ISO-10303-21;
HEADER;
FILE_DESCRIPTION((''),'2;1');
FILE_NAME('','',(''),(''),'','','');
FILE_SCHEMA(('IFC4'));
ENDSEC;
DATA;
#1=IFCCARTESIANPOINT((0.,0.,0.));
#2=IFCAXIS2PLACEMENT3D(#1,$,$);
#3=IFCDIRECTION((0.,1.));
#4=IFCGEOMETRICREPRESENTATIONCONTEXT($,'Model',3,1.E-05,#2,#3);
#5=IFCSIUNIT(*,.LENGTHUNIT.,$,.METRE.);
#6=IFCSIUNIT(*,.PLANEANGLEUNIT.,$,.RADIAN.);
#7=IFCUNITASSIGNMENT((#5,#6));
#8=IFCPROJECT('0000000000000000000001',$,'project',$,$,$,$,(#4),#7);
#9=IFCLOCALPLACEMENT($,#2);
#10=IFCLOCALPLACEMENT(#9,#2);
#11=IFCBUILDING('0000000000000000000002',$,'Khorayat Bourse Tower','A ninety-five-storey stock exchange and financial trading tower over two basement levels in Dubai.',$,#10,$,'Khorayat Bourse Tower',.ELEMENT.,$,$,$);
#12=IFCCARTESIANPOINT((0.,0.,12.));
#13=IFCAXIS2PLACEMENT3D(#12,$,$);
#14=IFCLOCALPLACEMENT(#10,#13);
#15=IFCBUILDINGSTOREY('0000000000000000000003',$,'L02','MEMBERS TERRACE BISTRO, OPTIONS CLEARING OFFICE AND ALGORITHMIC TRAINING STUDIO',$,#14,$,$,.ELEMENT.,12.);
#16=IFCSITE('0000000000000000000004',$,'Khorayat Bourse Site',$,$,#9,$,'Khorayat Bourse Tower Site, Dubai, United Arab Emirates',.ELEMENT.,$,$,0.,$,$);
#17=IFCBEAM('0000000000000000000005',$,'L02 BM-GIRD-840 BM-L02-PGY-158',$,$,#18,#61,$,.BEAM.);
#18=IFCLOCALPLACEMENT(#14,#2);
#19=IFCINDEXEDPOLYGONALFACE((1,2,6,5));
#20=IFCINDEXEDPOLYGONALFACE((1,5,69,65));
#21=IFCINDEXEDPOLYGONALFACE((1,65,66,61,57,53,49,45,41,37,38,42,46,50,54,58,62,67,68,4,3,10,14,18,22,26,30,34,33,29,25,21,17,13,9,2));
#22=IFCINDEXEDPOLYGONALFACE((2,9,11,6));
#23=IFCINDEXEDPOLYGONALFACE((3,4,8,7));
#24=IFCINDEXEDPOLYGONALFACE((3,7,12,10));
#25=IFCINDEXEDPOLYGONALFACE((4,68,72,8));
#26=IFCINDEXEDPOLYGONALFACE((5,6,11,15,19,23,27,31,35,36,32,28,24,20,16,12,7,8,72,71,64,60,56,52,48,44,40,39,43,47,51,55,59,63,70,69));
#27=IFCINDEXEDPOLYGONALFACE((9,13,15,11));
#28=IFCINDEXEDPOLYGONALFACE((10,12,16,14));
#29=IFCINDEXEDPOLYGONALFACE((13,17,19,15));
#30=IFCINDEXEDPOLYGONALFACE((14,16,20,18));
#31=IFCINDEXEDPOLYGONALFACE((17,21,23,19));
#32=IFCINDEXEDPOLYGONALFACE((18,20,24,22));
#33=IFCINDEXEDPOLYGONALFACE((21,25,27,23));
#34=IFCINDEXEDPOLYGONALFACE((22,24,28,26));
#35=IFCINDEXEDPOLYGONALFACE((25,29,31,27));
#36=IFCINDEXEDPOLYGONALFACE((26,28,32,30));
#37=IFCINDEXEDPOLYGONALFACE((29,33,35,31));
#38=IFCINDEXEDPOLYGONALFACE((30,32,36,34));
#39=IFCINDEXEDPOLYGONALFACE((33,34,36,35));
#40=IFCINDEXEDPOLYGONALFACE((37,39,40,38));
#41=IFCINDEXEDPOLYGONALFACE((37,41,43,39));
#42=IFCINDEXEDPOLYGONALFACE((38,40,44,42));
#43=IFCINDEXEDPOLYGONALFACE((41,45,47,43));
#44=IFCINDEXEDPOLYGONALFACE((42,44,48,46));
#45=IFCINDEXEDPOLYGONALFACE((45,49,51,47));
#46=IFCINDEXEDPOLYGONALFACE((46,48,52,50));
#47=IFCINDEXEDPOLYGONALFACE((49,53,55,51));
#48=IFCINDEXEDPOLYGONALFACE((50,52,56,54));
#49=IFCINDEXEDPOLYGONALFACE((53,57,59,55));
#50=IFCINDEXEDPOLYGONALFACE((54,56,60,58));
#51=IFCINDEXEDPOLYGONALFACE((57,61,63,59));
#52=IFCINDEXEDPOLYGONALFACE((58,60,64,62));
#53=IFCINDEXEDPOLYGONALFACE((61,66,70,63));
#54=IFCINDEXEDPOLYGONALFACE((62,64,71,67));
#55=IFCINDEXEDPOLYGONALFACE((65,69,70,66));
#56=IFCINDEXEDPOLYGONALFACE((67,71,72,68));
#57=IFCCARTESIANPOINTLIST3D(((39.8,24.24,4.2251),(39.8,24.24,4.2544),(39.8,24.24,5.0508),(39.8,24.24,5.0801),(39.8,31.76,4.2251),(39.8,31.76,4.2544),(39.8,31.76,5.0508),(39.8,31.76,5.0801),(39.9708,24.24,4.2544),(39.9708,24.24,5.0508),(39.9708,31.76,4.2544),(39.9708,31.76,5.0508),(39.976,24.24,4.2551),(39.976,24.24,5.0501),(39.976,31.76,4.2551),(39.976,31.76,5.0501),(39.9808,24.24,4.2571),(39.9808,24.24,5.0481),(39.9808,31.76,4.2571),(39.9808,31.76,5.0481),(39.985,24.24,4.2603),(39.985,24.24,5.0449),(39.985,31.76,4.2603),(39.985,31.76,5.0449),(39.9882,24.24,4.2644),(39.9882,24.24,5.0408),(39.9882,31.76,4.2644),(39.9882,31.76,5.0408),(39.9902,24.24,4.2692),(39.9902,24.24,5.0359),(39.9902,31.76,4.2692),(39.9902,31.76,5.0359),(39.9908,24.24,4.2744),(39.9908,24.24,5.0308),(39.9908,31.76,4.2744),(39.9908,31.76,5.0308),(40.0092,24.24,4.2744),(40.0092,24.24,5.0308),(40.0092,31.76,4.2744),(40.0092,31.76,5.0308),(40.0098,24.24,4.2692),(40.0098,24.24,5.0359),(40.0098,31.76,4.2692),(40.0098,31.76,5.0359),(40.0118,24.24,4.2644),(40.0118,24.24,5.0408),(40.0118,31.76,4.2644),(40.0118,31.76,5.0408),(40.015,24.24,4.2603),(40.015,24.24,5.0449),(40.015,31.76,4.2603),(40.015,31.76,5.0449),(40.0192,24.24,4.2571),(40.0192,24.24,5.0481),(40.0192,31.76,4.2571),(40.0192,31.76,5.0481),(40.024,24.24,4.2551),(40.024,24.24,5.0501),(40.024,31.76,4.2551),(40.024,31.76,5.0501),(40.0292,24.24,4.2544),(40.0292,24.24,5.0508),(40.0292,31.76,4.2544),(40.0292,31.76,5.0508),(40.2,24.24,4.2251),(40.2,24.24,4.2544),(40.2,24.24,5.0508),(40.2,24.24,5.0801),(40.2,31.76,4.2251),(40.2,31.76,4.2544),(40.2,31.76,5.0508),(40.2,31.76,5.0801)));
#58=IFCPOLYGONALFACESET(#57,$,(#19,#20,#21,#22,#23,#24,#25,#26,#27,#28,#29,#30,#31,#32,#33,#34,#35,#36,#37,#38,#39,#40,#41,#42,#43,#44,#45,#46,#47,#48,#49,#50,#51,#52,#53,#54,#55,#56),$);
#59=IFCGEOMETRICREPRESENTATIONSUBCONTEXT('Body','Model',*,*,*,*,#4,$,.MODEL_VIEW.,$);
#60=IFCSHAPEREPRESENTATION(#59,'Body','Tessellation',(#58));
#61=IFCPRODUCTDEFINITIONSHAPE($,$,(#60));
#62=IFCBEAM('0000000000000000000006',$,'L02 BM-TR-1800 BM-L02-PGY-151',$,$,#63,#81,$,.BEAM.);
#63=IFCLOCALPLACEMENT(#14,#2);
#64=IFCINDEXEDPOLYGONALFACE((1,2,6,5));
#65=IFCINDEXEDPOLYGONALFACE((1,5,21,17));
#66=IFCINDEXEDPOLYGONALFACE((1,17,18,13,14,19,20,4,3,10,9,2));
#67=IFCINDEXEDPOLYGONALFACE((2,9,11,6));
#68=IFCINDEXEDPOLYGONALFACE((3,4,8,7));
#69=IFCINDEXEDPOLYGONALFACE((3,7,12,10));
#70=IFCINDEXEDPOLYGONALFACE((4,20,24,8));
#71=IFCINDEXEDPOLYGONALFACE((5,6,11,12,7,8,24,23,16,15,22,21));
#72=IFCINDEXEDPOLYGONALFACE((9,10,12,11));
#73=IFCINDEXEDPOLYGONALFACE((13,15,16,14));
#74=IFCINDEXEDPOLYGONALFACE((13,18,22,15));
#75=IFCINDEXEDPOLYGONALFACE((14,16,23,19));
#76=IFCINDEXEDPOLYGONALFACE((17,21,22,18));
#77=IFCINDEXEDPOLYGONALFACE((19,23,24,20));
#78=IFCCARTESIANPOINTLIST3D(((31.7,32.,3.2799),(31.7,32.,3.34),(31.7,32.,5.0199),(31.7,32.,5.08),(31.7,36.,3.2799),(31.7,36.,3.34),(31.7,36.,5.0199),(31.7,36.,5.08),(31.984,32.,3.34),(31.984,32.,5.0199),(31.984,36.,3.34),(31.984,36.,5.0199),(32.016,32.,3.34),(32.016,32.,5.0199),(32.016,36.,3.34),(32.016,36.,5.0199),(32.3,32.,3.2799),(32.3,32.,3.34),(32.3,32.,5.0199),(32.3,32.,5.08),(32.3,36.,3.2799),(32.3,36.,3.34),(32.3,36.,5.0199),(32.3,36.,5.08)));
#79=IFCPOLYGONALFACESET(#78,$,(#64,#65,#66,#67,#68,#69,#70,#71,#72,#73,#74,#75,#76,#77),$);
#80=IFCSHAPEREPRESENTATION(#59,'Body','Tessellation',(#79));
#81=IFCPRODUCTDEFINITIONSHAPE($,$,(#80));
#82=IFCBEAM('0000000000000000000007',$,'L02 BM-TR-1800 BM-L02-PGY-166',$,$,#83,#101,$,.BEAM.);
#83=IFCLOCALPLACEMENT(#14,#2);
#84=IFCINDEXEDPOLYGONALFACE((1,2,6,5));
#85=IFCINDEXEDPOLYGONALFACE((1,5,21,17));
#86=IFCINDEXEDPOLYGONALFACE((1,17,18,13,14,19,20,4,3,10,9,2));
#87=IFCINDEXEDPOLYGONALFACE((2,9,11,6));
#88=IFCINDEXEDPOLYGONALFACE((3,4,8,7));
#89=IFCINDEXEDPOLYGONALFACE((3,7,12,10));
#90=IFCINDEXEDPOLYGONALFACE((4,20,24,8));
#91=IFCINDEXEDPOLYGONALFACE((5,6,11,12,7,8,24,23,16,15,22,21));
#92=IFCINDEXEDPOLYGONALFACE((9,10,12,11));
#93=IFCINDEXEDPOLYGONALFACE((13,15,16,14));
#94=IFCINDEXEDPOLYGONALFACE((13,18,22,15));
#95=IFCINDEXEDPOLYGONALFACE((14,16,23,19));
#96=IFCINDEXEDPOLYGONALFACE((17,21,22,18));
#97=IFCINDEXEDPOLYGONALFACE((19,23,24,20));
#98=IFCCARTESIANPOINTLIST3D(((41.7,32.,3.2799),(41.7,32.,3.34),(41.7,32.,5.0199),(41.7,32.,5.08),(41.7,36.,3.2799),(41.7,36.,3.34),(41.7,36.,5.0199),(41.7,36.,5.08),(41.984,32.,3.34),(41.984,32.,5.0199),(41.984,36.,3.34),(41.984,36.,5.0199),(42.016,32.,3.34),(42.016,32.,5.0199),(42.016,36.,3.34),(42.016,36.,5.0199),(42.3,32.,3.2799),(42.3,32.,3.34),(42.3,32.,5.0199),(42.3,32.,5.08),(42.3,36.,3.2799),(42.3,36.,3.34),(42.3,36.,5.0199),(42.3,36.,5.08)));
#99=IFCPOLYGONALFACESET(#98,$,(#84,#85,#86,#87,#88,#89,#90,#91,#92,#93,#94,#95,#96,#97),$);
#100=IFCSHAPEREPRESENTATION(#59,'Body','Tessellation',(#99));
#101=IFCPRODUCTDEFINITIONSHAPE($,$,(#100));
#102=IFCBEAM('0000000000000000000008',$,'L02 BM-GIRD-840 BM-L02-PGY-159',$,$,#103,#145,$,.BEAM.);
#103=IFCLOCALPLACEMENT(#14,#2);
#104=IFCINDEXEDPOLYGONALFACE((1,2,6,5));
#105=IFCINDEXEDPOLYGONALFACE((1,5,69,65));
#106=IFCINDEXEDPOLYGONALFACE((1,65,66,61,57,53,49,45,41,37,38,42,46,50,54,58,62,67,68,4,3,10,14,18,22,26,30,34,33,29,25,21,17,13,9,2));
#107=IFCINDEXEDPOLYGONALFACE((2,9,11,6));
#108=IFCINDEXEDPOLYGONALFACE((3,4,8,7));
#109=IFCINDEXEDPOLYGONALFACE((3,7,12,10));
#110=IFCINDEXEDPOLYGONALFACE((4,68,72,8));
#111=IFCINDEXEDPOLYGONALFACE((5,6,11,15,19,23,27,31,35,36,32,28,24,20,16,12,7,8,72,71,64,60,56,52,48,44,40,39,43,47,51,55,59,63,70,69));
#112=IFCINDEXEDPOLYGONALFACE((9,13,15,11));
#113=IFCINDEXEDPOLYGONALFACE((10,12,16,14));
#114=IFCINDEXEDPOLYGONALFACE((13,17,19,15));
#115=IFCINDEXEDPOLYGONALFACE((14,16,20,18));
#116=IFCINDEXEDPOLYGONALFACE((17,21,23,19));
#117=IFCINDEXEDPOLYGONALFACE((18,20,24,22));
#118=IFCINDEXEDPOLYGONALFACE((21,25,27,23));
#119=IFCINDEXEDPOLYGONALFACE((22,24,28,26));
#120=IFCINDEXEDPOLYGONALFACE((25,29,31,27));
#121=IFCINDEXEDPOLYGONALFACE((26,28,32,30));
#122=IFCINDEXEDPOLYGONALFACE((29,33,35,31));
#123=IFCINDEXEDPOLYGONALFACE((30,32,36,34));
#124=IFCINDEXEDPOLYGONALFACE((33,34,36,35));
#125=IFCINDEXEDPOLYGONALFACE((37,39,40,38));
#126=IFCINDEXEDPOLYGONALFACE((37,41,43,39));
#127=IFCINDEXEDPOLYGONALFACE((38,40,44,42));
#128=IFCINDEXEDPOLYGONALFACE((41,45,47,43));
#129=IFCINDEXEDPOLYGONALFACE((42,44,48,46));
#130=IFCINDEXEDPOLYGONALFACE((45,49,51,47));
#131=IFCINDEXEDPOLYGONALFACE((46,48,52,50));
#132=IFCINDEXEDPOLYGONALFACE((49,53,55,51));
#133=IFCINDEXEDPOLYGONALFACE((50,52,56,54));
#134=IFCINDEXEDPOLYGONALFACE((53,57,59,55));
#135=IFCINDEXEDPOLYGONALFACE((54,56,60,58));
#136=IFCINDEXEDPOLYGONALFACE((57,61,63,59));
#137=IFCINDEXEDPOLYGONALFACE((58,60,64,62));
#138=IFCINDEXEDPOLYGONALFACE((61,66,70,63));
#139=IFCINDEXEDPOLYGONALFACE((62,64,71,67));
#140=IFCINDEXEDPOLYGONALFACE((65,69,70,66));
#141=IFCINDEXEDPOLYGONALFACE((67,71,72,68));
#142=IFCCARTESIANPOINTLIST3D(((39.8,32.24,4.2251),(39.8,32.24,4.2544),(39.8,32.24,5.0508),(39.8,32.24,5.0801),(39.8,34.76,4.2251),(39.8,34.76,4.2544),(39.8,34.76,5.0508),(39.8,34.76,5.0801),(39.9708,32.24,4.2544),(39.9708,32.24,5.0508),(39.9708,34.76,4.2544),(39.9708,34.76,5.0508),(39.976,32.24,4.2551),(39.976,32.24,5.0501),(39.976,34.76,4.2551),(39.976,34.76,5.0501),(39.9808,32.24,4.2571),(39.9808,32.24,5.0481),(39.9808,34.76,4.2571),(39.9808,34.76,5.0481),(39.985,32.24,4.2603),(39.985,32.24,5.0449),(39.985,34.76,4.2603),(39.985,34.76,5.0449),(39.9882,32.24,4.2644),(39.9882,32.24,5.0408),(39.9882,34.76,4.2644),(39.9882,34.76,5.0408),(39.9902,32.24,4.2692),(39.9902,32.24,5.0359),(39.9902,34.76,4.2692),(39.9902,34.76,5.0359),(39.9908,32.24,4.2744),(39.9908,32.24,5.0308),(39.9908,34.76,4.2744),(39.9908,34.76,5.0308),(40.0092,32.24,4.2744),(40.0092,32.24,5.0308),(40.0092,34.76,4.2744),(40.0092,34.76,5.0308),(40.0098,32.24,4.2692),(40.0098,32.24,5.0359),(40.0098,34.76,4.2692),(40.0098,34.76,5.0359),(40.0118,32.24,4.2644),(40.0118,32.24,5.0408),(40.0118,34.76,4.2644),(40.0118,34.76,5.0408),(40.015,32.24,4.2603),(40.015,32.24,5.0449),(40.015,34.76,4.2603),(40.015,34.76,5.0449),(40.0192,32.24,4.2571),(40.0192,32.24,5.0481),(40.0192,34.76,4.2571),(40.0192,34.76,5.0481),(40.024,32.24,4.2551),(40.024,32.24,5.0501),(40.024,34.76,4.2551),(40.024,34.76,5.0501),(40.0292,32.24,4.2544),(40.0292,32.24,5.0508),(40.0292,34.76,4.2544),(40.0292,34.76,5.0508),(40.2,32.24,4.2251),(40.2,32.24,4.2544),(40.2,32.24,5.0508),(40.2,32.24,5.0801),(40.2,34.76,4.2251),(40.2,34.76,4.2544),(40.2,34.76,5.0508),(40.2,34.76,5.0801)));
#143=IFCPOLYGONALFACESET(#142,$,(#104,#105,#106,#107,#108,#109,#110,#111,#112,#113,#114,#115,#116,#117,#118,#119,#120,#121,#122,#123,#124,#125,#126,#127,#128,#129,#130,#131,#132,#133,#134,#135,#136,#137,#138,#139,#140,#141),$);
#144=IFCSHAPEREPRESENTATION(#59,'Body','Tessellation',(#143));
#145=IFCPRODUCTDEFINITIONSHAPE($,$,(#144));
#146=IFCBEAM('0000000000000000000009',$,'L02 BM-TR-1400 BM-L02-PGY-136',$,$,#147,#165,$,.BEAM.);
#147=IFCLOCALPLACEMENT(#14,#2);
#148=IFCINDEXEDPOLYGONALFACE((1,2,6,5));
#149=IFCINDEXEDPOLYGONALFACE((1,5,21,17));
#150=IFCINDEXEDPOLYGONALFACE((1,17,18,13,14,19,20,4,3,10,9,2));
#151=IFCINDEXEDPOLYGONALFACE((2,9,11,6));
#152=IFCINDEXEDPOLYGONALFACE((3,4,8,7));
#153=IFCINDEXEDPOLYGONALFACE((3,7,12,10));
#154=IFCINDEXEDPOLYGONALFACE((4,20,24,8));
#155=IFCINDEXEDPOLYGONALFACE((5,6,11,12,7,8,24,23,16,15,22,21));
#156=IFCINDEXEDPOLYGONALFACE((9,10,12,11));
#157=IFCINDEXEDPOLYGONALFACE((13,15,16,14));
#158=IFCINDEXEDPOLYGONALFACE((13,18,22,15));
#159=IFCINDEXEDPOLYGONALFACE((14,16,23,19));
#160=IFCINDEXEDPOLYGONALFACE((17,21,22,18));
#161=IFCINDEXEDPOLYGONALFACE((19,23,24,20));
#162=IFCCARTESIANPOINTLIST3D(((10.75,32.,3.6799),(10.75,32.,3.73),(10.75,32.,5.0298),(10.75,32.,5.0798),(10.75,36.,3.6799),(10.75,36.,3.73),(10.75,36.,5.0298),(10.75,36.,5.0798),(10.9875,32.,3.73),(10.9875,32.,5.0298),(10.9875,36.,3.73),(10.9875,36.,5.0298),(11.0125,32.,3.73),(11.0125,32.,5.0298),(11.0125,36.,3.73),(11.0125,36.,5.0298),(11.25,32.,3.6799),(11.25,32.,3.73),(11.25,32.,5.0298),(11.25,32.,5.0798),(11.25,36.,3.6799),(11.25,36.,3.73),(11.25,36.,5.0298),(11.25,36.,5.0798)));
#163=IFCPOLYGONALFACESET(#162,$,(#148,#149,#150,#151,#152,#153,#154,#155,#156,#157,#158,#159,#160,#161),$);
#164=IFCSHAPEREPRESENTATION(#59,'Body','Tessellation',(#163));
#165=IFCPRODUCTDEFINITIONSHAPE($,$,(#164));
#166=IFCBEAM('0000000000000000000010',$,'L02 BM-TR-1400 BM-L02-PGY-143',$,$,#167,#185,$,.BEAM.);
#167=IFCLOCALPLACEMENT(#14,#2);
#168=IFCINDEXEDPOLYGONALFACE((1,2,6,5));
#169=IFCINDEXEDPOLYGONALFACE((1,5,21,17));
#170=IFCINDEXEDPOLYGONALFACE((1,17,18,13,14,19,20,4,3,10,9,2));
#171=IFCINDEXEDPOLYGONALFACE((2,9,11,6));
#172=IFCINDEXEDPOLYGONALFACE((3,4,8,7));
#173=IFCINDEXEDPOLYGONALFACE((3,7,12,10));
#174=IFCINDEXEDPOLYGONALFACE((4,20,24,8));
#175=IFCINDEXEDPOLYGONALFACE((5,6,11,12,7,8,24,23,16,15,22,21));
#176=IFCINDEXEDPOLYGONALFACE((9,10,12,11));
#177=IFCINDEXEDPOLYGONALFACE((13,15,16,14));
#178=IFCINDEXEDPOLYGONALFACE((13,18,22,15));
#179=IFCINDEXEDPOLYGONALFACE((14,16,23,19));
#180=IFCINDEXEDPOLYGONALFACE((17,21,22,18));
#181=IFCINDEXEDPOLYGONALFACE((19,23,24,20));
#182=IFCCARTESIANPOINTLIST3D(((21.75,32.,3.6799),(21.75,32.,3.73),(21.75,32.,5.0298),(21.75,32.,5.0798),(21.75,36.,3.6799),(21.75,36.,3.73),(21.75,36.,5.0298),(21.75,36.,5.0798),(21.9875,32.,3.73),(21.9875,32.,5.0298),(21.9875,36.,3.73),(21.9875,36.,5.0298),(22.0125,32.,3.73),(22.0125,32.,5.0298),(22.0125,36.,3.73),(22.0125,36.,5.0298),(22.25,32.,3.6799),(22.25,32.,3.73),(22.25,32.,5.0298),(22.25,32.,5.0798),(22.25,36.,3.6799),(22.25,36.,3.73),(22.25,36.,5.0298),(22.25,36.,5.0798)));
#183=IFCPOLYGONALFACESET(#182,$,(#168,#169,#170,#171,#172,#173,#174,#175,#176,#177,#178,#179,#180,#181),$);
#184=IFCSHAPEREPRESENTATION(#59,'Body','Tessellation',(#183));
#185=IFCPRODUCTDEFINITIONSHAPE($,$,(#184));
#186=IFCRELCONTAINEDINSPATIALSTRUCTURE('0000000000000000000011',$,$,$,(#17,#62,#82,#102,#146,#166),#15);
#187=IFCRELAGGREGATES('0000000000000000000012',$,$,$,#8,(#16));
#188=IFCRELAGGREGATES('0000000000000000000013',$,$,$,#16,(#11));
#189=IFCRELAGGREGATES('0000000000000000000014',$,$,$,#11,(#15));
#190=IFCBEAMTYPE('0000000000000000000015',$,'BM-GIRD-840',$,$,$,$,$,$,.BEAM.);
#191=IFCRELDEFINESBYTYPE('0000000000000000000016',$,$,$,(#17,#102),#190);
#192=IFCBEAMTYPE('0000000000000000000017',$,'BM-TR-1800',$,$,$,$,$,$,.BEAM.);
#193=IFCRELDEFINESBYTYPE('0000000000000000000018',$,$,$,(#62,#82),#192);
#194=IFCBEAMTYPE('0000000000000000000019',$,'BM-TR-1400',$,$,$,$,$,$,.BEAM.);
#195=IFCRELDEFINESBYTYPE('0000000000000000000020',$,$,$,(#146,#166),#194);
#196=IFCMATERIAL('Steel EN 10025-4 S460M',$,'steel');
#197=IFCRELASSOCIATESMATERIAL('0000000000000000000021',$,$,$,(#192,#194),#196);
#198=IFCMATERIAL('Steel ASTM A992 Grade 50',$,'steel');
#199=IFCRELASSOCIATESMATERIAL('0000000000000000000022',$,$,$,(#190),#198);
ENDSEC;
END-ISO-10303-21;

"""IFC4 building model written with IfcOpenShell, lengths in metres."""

from ifc_helpers import new_model, si_unit, direction, frame, origin, origin_2d, place, context, subcontext, project, spatial, i_section, extrude, source, transform, mapped, material, material_profile, profile_set, type_object, element, save


model = new_model("IFC4")

# Units and contexts
model_context = context("Model", 3, precision=1e-05, world=origin(), true_north=direction((0.0, 1.0)))
body_context = subcontext(model_context, "Body", "Model", "MODEL_VIEW")
ifc_project = project(units=[si_unit("LENGTHUNIT", "METRE"), si_unit("PLANEANGLEUNIT", "RADIAN")], contexts=[model_context])

# Site, building, storey
site_placement = place(None, origin())
site = spatial("IfcSite", under=ifc_project, at=site_placement, Name="Khorayat Bourse Site", LongName="Khorayat Bourse Tower Site, Dubai, United Arab Emirates", CompositionType="ELEMENT", RefElevation=0.0)
building_placement = place(site_placement, origin())
building = spatial("IfcBuilding", under=site, at=building_placement, Name="Khorayat Bourse Tower", Description="A ninety-five-storey stock exchange and financial trading tower over two basement levels in Dubai.", LongName="Khorayat Bourse Tower", CompositionType="ELEMENT")
storey_placement = place(building_placement, frame((0.0, 0.0, 12.0)))
storey = spatial("IfcBuildingStorey", under=building, at=storey_placement, Name="L02", Description="MEMBERS TERRACE BISTRO, OPTIONS CLEARING OFFICE AND ALGORITHMIC TRAINING STUDIO", CompositionType="ELEMENT", Elevation=12.0)

# Beams
ifc_material_1 = material(Name="Steel EN 10025-4 S460M", Category="steel")
ifc_material_profile_1 = material_profile(ifc_material_1, i_section(OverallWidth=0.6001, OverallDepth=1.8, WebThickness=0.032, FlangeThickness=0.0601, at=origin_2d()), Name="PG 1800x600x32x60")
ifc_profile_set_1 = profile_set([ifc_material_profile_1], Name="Steel EN 10025-4 S460M")
beam_type_1 = type_object("IfcBeamType", Name="BM-TR-1800", PredefinedType="BEAM", material=ifc_profile_set_1)
ifc_material_2 = material(Name="Steel ASTM A992 Grade 50", Category="steel")
ifc_material_profile_2 = material_profile(ifc_material_2, i_section(OverallWidth=0.3999, OverallDepth=0.855, WebThickness=0.0183, FlangeThickness=0.0293, FilletRadius=0.02, at=origin_2d()), Name="W840X299")
ifc_profile_set_2 = profile_set([ifc_material_profile_2], Name="Steel ASTM A992 Grade 50")
beam_type_2 = type_object("IfcBeamType", Name="BM-GIRD-840", PredefinedType="BEAM", material=ifc_profile_set_2)
shared_shape_1 = source(origin(), body_context, "Body", "SweptSolid", [
    extrude(i_section(OverallWidth=0.3999, OverallDepth=0.855, WebThickness=0.0183, FlangeThickness=0.0293, FilletRadius=0.02, at=origin_2d()), origin(), (0.0, 0.0, 1.0), 7.52),
])
beam_1_placement = place(storey_placement, frame((40.0, 24.24, 4.6526), z_axis=(0.0, 1.0, 0.0), x_axis=(-1.0, 0.0, 0.0)))
element("IfcBeam", 1, at=beam_1_placement, inside=storey, type_object=beam_type_2, Name="L02 BM-GIRD-840 BM-L02-PGY-158", PredefinedType="BEAM", context=body_context, shape_type="MappedRepresentation", body=[
    mapped(shared_shape_1, transform((0.0, 0.0, 0.0), scale=1.0)),
])
shared_shape_2 = source(origin(), body_context, "Body", "SweptSolid", [
    extrude(i_section(OverallWidth=0.6001, OverallDepth=1.8, WebThickness=0.032, FlangeThickness=0.0601, at=origin_2d()), origin(), (0.0, 0.0, 1.0), 4.0),
])
for number, where, z_axis, x_axis, name in (
    (2, (32.0, 32.0, 4.1799), (0.0, 1.0, 0.0), (-1.0, 0.0, 0.0), "L02 BM-TR-1800 BM-L02-PGY-151"),
    (3, (42.0, 32.0, 4.1799), (0.0, 1.0, 0.0), (-1.0, 0.0, 0.0), "L02 BM-TR-1800 BM-L02-PGY-166"),
):
    element("IfcBeam", number, at=place(storey_placement, frame(where, z_axis=z_axis, x_axis=x_axis)), inside=storey, type_object=beam_type_1, Name=name, PredefinedType="BEAM", context=body_context, shape_type="MappedRepresentation", body=[
        mapped(shared_shape_2, transform((0.0, 0.0, 0.0), scale=1.0)),
    ])
shared_shape_3 = source(origin(), body_context, "Body", "SweptSolid", [
    extrude(i_section(OverallWidth=0.3999, OverallDepth=0.855, WebThickness=0.0183, FlangeThickness=0.0293, FilletRadius=0.02, at=origin_2d()), origin(), (0.0, 0.0, 1.0), 2.52),
])
beam_2_placement = place(storey_placement, frame((40.0, 32.24, 4.6526), z_axis=(0.0, 1.0, 0.0), x_axis=(-1.0, 0.0, 0.0)))
element("IfcBeam", 4, at=beam_2_placement, inside=storey, type_object=beam_type_2, Name="L02 BM-GIRD-840 BM-L02-PGY-159", PredefinedType="BEAM", context=body_context, shape_type="MappedRepresentation", body=[
    mapped(shared_shape_3, transform((0.0, 0.0, 0.0), scale=1.0)),
])
ifc_material_profile_3 = material_profile(ifc_material_1, i_section(OverallWidth=0.5, OverallDepth=1.3999, WebThickness=0.0249, FlangeThickness=0.05, at=origin_2d()), Name="PG 1400x500x25x50")
ifc_profile_set_3 = profile_set([ifc_material_profile_3], Name="Steel EN 10025-4 S460M")
beam_type_3 = type_object("IfcBeamType", Name="BM-TR-1400", PredefinedType="BEAM", material=ifc_profile_set_3)
shared_shape_4 = source(origin(), body_context, "Body", "SweptSolid", [
    extrude(i_section(OverallWidth=0.5, OverallDepth=1.3999, WebThickness=0.0249, FlangeThickness=0.05, at=origin_2d()), origin(), (0.0, 0.0, 1.0), 4.0),
])
for number, where, z_axis, x_axis, name in (
    (5, (11.0, 32.0, 4.3799), (0.0, 1.0, 0.0), (-1.0, 0.0, 0.0), "L02 BM-TR-1400 BM-L02-PGY-136"),
    (6, (22.0, 32.0, 4.3799), (0.0, 1.0, 0.0), (-1.0, 0.0, 0.0), "L02 BM-TR-1400 BM-L02-PGY-143"),
):
    element("IfcBeam", number, at=place(storey_placement, frame(where, z_axis=z_axis, x_axis=x_axis)), inside=storey, type_object=beam_type_3, Name=name, PredefinedType="BEAM", context=body_context, shape_type="MappedRepresentation", body=[
        mapped(shared_shape_4, transform((0.0, 0.0, 0.0), scale=1.0)),
    ])

save(model, "model.ifc")
